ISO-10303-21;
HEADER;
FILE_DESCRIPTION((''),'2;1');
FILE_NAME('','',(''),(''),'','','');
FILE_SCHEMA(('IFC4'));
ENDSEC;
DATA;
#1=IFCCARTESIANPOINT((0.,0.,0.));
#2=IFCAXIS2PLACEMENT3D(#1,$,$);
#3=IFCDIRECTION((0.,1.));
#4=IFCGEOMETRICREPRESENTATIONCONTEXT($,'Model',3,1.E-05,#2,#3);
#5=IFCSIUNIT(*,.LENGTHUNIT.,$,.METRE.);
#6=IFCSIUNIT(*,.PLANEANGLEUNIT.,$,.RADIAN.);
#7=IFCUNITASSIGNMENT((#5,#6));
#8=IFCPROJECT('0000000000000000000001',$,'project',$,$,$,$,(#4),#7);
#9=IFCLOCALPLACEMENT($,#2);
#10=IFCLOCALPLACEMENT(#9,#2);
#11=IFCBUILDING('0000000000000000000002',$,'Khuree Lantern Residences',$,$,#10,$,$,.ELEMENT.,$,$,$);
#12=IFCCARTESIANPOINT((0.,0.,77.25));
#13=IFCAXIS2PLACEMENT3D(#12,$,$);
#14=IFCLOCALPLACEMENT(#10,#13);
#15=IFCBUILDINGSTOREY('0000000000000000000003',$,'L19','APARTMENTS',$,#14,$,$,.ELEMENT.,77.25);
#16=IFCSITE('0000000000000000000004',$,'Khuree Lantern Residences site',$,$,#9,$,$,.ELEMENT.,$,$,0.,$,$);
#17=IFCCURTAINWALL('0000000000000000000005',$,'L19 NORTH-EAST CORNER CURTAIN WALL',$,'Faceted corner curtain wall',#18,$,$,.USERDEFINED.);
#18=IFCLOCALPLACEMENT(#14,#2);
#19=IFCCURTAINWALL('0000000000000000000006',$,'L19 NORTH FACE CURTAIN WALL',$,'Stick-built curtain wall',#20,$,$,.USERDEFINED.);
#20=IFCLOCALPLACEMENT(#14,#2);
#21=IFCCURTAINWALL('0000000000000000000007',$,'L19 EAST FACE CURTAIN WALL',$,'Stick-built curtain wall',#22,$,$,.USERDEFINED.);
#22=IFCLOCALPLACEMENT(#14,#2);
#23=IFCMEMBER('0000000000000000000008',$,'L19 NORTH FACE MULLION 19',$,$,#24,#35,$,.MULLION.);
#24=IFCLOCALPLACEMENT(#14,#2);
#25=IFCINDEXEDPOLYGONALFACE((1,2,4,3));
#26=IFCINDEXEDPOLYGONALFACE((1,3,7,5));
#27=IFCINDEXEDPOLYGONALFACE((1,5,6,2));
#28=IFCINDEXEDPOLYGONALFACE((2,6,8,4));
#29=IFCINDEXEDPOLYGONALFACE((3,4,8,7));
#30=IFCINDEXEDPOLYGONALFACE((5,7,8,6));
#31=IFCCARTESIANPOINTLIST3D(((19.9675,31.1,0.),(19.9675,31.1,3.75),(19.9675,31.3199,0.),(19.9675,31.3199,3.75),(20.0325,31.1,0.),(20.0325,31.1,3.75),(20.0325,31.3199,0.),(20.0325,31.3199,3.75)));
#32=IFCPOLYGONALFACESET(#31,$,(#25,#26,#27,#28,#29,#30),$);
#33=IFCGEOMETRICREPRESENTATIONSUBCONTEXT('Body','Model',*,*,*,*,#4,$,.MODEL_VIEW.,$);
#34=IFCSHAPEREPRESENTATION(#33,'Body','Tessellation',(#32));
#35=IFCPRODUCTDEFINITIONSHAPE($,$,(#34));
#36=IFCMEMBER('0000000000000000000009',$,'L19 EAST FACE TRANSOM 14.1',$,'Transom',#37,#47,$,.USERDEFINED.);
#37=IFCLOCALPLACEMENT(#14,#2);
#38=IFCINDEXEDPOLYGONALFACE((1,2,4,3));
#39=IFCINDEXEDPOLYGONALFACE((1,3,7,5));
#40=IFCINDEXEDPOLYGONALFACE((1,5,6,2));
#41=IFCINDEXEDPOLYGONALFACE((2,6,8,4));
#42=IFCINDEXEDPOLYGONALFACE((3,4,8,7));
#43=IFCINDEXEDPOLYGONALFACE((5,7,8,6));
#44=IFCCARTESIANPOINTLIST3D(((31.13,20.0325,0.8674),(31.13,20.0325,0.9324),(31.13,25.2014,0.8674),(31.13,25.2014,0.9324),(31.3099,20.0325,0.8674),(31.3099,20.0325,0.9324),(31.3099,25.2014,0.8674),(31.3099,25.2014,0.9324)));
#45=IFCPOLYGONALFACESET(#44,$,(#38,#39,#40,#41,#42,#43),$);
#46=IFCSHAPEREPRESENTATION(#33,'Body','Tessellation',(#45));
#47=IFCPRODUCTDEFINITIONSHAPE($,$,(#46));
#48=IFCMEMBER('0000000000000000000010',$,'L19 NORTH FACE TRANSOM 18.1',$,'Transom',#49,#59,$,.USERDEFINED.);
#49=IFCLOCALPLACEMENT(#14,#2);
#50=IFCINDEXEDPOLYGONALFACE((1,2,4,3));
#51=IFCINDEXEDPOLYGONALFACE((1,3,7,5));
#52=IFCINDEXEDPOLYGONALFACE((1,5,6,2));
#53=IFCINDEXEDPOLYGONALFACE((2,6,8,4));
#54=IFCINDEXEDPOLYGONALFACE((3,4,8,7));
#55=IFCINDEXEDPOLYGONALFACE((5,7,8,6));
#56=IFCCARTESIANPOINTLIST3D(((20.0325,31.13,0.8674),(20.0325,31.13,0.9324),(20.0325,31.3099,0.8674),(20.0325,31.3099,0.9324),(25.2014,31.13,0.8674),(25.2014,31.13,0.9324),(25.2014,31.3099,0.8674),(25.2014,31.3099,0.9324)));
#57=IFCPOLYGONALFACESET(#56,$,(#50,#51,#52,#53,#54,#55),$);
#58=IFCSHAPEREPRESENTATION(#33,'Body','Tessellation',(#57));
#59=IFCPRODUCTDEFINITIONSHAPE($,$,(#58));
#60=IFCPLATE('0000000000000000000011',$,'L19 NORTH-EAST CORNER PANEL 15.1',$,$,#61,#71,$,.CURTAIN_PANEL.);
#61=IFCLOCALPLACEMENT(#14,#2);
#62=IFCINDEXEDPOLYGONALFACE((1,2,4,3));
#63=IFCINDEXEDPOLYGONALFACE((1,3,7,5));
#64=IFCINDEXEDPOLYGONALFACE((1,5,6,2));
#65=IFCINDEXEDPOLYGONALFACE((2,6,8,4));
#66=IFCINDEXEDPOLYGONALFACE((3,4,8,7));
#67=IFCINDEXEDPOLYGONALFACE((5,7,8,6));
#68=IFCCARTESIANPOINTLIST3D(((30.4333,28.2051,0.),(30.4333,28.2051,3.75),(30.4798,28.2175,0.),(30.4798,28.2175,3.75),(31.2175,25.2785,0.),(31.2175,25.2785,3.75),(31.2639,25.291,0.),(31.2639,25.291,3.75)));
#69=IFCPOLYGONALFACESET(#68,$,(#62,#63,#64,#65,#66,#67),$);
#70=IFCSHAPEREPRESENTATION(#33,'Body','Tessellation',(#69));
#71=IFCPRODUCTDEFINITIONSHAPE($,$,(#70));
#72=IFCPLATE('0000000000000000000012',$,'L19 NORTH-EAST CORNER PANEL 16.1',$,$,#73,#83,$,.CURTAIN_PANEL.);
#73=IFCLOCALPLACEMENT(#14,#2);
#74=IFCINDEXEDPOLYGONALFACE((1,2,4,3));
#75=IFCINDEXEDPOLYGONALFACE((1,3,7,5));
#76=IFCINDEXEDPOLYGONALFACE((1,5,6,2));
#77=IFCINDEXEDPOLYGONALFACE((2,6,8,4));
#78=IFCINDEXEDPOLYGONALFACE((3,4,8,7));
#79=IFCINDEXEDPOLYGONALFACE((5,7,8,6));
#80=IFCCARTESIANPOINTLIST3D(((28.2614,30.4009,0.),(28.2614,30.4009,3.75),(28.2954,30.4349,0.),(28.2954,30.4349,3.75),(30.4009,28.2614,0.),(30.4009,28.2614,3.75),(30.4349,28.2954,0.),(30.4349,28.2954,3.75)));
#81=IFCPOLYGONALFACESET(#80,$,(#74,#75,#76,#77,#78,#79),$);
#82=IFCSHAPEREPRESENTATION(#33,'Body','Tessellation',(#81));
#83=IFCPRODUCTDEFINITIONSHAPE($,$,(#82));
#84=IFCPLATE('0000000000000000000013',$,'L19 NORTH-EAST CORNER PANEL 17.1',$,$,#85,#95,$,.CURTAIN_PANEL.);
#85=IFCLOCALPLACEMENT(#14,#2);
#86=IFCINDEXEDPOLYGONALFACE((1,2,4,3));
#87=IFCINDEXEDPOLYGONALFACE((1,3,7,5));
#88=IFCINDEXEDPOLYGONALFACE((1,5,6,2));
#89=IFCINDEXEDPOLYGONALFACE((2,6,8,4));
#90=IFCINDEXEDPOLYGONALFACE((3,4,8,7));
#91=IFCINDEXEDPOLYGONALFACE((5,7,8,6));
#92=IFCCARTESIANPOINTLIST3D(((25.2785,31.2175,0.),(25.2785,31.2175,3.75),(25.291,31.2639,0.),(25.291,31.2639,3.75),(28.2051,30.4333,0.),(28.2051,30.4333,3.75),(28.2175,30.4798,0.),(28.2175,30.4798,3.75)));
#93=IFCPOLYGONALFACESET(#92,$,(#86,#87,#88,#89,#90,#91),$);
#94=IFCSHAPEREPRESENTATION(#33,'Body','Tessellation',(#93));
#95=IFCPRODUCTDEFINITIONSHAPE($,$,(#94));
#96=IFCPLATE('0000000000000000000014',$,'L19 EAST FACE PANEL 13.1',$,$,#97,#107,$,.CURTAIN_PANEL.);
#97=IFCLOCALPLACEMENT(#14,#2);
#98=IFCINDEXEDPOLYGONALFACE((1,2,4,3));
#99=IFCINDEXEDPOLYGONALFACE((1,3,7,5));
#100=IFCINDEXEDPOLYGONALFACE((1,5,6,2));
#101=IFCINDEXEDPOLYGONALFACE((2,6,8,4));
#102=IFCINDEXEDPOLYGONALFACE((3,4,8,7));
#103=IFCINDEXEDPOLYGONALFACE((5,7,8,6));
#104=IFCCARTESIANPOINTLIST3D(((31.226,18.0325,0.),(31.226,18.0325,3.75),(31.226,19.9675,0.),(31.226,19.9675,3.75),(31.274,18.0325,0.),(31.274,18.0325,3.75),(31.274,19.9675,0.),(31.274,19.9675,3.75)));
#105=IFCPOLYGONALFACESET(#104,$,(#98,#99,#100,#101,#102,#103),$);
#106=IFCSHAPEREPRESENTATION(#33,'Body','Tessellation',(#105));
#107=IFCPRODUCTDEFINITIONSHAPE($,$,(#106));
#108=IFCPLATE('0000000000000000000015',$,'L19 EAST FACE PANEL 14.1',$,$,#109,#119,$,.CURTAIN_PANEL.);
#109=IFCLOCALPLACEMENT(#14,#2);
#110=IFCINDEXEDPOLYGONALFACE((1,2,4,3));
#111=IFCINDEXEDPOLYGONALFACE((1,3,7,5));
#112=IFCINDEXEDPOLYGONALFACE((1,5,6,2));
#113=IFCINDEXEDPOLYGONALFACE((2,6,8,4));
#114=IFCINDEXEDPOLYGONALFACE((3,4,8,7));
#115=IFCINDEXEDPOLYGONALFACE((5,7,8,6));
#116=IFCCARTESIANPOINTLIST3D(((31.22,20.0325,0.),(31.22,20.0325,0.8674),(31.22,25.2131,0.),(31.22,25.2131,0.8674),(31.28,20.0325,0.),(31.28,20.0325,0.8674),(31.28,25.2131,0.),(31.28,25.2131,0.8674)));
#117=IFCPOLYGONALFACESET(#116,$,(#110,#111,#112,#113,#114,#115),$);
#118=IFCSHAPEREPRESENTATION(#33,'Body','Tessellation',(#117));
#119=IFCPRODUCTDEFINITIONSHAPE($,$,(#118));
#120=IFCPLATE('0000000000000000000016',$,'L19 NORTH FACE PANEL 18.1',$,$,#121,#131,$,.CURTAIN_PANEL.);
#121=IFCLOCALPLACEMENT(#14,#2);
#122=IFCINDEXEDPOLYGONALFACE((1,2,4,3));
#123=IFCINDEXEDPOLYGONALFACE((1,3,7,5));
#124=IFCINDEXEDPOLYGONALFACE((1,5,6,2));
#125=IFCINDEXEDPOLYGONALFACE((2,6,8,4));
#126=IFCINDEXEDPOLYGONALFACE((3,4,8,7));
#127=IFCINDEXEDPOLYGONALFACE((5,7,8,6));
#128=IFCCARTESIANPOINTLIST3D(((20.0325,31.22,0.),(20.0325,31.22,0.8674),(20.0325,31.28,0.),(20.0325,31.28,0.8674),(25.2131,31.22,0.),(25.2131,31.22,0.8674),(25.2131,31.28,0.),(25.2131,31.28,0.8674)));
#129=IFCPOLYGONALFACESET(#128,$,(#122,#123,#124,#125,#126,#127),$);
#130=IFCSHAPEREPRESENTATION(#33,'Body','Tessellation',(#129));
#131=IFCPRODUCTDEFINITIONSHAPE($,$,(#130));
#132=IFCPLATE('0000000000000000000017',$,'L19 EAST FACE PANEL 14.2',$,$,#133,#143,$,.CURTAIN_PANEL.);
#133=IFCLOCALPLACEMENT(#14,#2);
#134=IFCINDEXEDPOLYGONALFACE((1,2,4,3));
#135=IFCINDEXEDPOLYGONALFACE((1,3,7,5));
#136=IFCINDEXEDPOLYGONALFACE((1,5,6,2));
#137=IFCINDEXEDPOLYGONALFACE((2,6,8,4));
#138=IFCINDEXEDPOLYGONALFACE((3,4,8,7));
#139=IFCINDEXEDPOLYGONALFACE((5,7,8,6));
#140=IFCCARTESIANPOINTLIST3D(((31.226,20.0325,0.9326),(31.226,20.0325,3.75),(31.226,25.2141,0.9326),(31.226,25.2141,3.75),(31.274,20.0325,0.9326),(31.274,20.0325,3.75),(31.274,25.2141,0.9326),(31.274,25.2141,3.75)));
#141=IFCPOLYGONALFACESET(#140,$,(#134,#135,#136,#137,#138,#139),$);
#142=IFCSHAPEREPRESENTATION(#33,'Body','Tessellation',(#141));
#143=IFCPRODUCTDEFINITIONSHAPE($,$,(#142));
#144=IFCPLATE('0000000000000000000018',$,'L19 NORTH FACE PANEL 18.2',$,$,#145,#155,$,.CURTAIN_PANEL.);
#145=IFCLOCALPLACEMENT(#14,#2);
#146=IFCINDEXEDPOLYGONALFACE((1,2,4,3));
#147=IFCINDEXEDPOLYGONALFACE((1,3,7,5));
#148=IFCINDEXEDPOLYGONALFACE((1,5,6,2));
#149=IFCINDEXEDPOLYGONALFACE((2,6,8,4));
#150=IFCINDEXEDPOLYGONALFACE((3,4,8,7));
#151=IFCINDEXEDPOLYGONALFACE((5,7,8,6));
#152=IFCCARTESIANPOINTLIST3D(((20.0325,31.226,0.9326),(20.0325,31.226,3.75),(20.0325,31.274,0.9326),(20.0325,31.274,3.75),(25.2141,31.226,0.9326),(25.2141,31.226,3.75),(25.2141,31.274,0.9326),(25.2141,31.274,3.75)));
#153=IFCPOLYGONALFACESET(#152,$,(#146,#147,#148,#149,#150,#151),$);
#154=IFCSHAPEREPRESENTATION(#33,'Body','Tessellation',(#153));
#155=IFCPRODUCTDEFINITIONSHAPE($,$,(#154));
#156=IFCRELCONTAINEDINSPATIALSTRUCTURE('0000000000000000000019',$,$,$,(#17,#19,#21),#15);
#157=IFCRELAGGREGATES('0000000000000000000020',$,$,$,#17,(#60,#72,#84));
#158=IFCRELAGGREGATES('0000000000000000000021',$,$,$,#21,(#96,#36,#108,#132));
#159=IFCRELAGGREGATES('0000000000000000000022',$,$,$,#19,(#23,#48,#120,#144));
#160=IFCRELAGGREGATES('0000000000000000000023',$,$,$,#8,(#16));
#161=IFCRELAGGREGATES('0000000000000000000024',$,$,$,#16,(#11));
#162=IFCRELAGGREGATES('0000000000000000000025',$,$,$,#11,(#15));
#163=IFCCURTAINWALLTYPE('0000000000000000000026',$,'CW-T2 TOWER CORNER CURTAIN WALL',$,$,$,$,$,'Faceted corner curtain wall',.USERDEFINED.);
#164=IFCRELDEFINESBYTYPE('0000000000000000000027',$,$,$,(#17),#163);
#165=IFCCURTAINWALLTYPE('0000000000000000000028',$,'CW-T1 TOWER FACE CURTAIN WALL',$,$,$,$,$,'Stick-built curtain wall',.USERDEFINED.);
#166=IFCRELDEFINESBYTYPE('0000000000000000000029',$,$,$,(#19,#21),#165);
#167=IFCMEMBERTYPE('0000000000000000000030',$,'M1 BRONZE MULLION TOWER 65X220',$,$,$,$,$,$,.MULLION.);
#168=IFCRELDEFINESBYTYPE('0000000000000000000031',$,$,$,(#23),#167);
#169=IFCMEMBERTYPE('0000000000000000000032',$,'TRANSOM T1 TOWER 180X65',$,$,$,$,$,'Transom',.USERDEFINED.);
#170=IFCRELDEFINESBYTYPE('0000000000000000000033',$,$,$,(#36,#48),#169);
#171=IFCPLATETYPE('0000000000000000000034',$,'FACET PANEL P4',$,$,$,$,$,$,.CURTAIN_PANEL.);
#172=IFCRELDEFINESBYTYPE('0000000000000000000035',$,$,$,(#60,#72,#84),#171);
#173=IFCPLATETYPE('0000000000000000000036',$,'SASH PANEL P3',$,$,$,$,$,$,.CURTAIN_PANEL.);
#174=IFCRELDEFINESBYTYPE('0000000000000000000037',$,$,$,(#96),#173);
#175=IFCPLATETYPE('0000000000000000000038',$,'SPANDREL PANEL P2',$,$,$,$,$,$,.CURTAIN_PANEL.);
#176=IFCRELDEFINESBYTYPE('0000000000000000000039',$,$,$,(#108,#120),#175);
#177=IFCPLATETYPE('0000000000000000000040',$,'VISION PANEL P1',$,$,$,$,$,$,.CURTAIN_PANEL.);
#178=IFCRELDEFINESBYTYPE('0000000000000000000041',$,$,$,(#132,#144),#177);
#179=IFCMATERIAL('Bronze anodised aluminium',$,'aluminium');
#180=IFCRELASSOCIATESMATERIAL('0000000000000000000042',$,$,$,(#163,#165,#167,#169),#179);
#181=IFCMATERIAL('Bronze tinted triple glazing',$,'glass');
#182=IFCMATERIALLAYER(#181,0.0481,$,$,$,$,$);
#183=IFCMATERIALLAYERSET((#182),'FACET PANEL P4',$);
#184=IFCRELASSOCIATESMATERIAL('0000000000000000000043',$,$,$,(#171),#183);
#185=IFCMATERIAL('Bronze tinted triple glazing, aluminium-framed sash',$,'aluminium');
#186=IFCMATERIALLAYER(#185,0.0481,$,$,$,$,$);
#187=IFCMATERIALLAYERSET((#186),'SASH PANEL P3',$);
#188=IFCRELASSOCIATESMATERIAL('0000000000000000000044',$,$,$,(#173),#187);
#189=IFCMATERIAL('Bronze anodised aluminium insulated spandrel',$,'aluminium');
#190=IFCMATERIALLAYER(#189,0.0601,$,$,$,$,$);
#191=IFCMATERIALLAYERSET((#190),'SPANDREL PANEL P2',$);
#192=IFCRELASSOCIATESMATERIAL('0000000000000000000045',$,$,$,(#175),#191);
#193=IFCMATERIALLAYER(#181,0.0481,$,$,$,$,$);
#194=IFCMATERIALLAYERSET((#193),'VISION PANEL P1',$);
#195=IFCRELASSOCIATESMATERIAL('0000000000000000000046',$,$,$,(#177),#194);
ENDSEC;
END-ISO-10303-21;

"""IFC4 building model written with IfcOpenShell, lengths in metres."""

from ifc_helpers import new_model, si_unit, direction, frame, origin, origin_2d, place, context, subcontext, project, spatial, rectangle, extrude, material, layer, layer_set, material_profile, profile_set, type_object, element, aggregate, save


model = new_model("IFC4")

# Units and contexts
model_context = context("Model", 3, precision=1e-05, world=origin(), true_north=direction((0.0, 1.0)))
body_context = subcontext(model_context, "Body", "Model", "MODEL_VIEW")
ifc_project = project(units=[si_unit("LENGTHUNIT", "METRE"), si_unit("PLANEANGLEUNIT", "RADIAN")], contexts=[model_context])

# Site, building, storey
site_placement = place(None, origin())
site = spatial("IfcSite", under=ifc_project, at=site_placement, Name="Khuree Lantern Residences site", CompositionType="ELEMENT", RefElevation=0.0)
building_placement = place(site_placement, origin())
building = spatial("IfcBuilding", under=site, at=building_placement, Name="Khuree Lantern Residences", CompositionType="ELEMENT")
storey_placement = place(building_placement, frame((0.0, 0.0, 77.25)))
storey = spatial("IfcBuildingStorey", under=building, at=storey_placement, Name="L19", Description="APARTMENTS", CompositionType="ELEMENT", Elevation=77.25)

# Curtain walls
ifc_material_1 = material(Name="Bronze anodised aluminium", Category="aluminium")
curtain_wall_type_1 = type_object("IfcCurtainWallType", Name="CW-T2 TOWER CORNER CURTAIN WALL", ElementType="Faceted corner curtain wall", PredefinedType="USERDEFINED", material=ifc_material_1)
curtain_wall_1_placement = place(storey_placement, origin())
curtain_wall_1 = element("IfcCurtainWall", 1, at=curtain_wall_1_placement, inside=storey, type_object=curtain_wall_type_1, Name="L19 NORTH-EAST CORNER CURTAIN WALL", ObjectType="Faceted corner curtain wall", PredefinedType="USERDEFINED")
curtain_wall_type_2 = type_object("IfcCurtainWallType", Name="CW-T1 TOWER FACE CURTAIN WALL", ElementType="Stick-built curtain wall", PredefinedType="USERDEFINED", material=ifc_material_1)
curtain_wall_2_placement = place(storey_placement, origin())
curtain_wall_2 = element("IfcCurtainWall", 2, at=curtain_wall_2_placement, inside=storey, type_object=curtain_wall_type_2, Name="L19 NORTH FACE CURTAIN WALL", ObjectType="Stick-built curtain wall", PredefinedType="USERDEFINED")

# Curtain wall
curtain_wall_3_placement = place(storey_placement, origin())
curtain_wall_3 = element("IfcCurtainWall", 3, at=curtain_wall_3_placement, inside=storey, type_object=curtain_wall_type_2, Name="L19 EAST FACE CURTAIN WALL", ObjectType="Stick-built curtain wall", PredefinedType="USERDEFINED")
ifc_material_profile_1 = material_profile(ifc_material_1, rectangle(XDim=0.0649, YDim=0.22, at=origin_2d()), Name="M1 65X220")
ifc_profile_set_1 = profile_set([ifc_material_profile_1], Name="Bronze anodised aluminium")
member_type_1 = type_object("IfcMemberType", Name="M1 BRONZE MULLION TOWER 65X220", PredefinedType="MULLION", material=ifc_profile_set_1)

# Members
member_1_placement = place(storey_placement, frame((20.0, 31.21, 0.0), z_axis=(0.0, 0.0, 1.0), x_axis=(-1.0, 0.0, 0.0)))
member_1 = element("IfcMember", 4, at=member_1_placement, type_object=member_type_1, Name="L19 NORTH FACE MULLION 19", PredefinedType="MULLION", context=body_context, shape_type="SweptSolid", body=[
    extrude(rectangle(XDim=0.0649, YDim=0.22, at=origin_2d()), origin(), (0.0, 0.0, 1.0), 3.75),
])
ifc_material_profile_2 = material_profile(ifc_material_1, rectangle(XDim=0.1799, YDim=0.0649, at=origin_2d()), Name="T1 180X65")
ifc_profile_set_2 = profile_set([ifc_material_profile_2], Name="Bronze anodised aluminium")
member_type_2 = type_object("IfcMemberType", Name="TRANSOM T1 TOWER 180X65", ElementType="Transom", PredefinedType="USERDEFINED", material=ifc_profile_set_2)
member_2_placement = place(storey_placement, frame((31.22, 20.0325, 0.8999), z_axis=(0.0, 1.0, 0.0), x_axis=(-1.0, 0.0, 0.0)))
member_2 = element("IfcMember", 5, at=member_2_placement, type_object=member_type_2, Name="L19 EAST FACE TRANSOM 14.1", ObjectType="Transom", PredefinedType="USERDEFINED", context=body_context, shape_type="SweptSolid", body=[
    extrude(rectangle(XDim=0.1799, YDim=0.0649, at=origin_2d()), origin(), (0.0, 0.0, 1.0), 5.1689),
])
member_3_placement = place(storey_placement, frame((25.2014, 31.22, 0.8999), z_axis=(-1.0, 0.0, 0.0), x_axis=(0.0, -1.0, 0.0)))
member_3 = element("IfcMember", 6, at=member_3_placement, type_object=member_type_2, Name="L19 NORTH FACE TRANSOM 18.1", ObjectType="Transom", PredefinedType="USERDEFINED", context=body_context, shape_type="SweptSolid", body=[
    extrude(rectangle(XDim=0.1799, YDim=0.0649, at=origin_2d()), origin(), (0.0, 0.0, 1.0), 5.1689),
])

# Plates
ifc_material_2 = material(Name="Bronze tinted triple glazing", Category="glass")
ifc_layer_1 = layer(ifc_material_2, 0.0481)
ifc_layer_set_1 = layer_set([ifc_layer_1], Name="FACET PANEL P4")
plate_type_1 = type_object("IfcPlateType", Name="FACET PANEL P4", PredefinedType="CURTAIN_PANEL", material=ifc_layer_set_1)
plate_1_placement = place(storey_placement, frame((30.8486, 26.748, 0.0), z_axis=(0.0, 0.0, 1.0), x_axis=(-0.258819, 0.965926, 0.0)))
plate_1 = element("IfcPlate", 7, at=plate_1_placement, type_object=plate_type_1, Name="L19 NORTH-EAST CORNER PANEL 15.1", PredefinedType="CURTAIN_PANEL", context=body_context, shape_type="SweptSolid", body=[
    extrude(rectangle(XDim=3.0298, YDim=0.0481, at=origin_2d()), origin(), (0.0, 0.0, 1.0), 3.75),
])
plate_2_placement = place(storey_placement, frame((29.3481, 29.3481, 0.0), z_axis=(0.0, 0.0, 1.0), x_axis=(-0.707107, 0.707107, 0.0)))
plate_2 = element("IfcPlate", 8, at=plate_2_placement, type_object=plate_type_1, Name="L19 NORTH-EAST CORNER PANEL 16.1", PredefinedType="CURTAIN_PANEL", context=body_context, shape_type="SweptSolid", body=[
    extrude(rectangle(XDim=3.0256, YDim=0.0481, at=origin_2d()), origin(), (0.0, 0.0, 1.0), 3.75),
])
plate_3_placement = place(storey_placement, frame((26.748, 30.8486, 0.0), z_axis=(0.0, 0.0, 1.0), x_axis=(-0.965926, 0.258819, 0.0)))
plate_3 = element("IfcPlate", 9, at=plate_3_placement, type_object=plate_type_1, Name="L19 NORTH-EAST CORNER PANEL 17.1", PredefinedType="CURTAIN_PANEL", context=body_context, shape_type="SweptSolid", body=[
    extrude(rectangle(XDim=3.0298, YDim=0.0481, at=origin_2d()), origin(), (0.0, 0.0, 1.0), 3.75),
])
aggregate(curtain_wall_1, [plate_1, plate_2, plate_3])
ifc_material_3 = material(Name="Bronze tinted triple glazing, aluminium-framed sash", Category="aluminium")
ifc_layer_2 = layer(ifc_material_3, 0.0481)
ifc_layer_set_2 = layer_set([ifc_layer_2], Name="SASH PANEL P3")
plate_type_2 = type_object("IfcPlateType", Name="SASH PANEL P3", PredefinedType="CURTAIN_PANEL", material=ifc_layer_set_2)
plate_4_placement = place(storey_placement, frame((31.25, 19.0, 0.0), z_axis=(0.0, 0.0, 1.0), x_axis=(0.0, 1.0, 0.0)))
plate_4 = element("IfcPlate", 10, at=plate_4_placement, type_object=plate_type_2, Name="L19 EAST FACE PANEL 13.1", PredefinedType="CURTAIN_PANEL", context=body_context, shape_type="SweptSolid", body=[
    extrude(rectangle(XDim=1.9351, YDim=0.0481, at=origin_2d()), origin(), (0.0, 0.0, 1.0), 3.75),
])
ifc_material_4 = material(Name="Bronze anodised aluminium insulated spandrel", Category="aluminium")
ifc_layer_3 = layer(ifc_material_4, 0.0601)
ifc_layer_set_3 = layer_set([ifc_layer_3], Name="SPANDREL PANEL P2")
plate_type_3 = type_object("IfcPlateType", Name="SPANDREL PANEL P2", PredefinedType="CURTAIN_PANEL", material=ifc_layer_set_3)
plate_5_placement = place(storey_placement, frame((31.25, 22.6228, 0.0), z_axis=(0.0, 0.0, 1.0), x_axis=(0.0, 1.0, 0.0)))
plate_5 = element("IfcPlate", 11, at=plate_5_placement, type_object=plate_type_3, Name="L19 EAST FACE PANEL 14.1", PredefinedType="CURTAIN_PANEL", context=body_context, shape_type="SweptSolid", body=[
    extrude(rectangle(XDim=5.1807, YDim=0.0601, at=origin_2d()), origin(), (0.0, 0.0, 1.0), 0.8674),
])
plate_6_placement = place(storey_placement, frame((22.6228, 31.25, 0.0), z_axis=(0.0, 0.0, 1.0), x_axis=(-1.0, 0.0, 0.0)))
plate_6 = element("IfcPlate", 12, at=plate_6_placement, type_object=plate_type_3, Name="L19 NORTH FACE PANEL 18.1", PredefinedType="CURTAIN_PANEL", context=body_context, shape_type="SweptSolid", body=[
    extrude(rectangle(XDim=5.1807, YDim=0.0601, at=origin_2d()), origin(), (0.0, 0.0, 1.0), 0.8674),
])
ifc_layer_4 = layer(ifc_material_2, 0.0481)
ifc_layer_set_4 = layer_set([ifc_layer_4], Name="VISION PANEL P1")
plate_type_4 = type_object("IfcPlateType", Name="VISION PANEL P1", PredefinedType="CURTAIN_PANEL", material=ifc_layer_set_4)
plate_7_placement = place(storey_placement, frame((31.25, 22.6233, 0.9326), z_axis=(0.0, 0.0, 1.0), x_axis=(0.0, 1.0, 0.0)))
plate_7 = element("IfcPlate", 13, at=plate_7_placement, type_object=plate_type_4, Name="L19 EAST FACE PANEL 14.2", PredefinedType="CURTAIN_PANEL", context=body_context, shape_type="SweptSolid", body=[
    extrude(rectangle(XDim=5.1816, YDim=0.0481, at=origin_2d()), origin(), (0.0, 0.0, 1.0), 2.8174),
])
aggregate(curtain_wall_3, [plate_4, member_2, plate_5, plate_7])
plate_8_placement = place(storey_placement, frame((22.6233, 31.25, 0.9326), z_axis=(0.0, 0.0, 1.0), x_axis=(-1.0, 0.0, 0.0)))
plate_8 = element("IfcPlate", 14, at=plate_8_placement, type_object=plate_type_4, Name="L19 NORTH FACE PANEL 18.2", PredefinedType="CURTAIN_PANEL", context=body_context, shape_type="SweptSolid", body=[
    extrude(rectangle(XDim=5.1816, YDim=0.0481, at=origin_2d()), origin(), (0.0, 0.0, 1.0), 2.8174),
])
aggregate(curtain_wall_2, [member_1, member_3, plate_6, plate_8])

save(model, "model.ifc")
